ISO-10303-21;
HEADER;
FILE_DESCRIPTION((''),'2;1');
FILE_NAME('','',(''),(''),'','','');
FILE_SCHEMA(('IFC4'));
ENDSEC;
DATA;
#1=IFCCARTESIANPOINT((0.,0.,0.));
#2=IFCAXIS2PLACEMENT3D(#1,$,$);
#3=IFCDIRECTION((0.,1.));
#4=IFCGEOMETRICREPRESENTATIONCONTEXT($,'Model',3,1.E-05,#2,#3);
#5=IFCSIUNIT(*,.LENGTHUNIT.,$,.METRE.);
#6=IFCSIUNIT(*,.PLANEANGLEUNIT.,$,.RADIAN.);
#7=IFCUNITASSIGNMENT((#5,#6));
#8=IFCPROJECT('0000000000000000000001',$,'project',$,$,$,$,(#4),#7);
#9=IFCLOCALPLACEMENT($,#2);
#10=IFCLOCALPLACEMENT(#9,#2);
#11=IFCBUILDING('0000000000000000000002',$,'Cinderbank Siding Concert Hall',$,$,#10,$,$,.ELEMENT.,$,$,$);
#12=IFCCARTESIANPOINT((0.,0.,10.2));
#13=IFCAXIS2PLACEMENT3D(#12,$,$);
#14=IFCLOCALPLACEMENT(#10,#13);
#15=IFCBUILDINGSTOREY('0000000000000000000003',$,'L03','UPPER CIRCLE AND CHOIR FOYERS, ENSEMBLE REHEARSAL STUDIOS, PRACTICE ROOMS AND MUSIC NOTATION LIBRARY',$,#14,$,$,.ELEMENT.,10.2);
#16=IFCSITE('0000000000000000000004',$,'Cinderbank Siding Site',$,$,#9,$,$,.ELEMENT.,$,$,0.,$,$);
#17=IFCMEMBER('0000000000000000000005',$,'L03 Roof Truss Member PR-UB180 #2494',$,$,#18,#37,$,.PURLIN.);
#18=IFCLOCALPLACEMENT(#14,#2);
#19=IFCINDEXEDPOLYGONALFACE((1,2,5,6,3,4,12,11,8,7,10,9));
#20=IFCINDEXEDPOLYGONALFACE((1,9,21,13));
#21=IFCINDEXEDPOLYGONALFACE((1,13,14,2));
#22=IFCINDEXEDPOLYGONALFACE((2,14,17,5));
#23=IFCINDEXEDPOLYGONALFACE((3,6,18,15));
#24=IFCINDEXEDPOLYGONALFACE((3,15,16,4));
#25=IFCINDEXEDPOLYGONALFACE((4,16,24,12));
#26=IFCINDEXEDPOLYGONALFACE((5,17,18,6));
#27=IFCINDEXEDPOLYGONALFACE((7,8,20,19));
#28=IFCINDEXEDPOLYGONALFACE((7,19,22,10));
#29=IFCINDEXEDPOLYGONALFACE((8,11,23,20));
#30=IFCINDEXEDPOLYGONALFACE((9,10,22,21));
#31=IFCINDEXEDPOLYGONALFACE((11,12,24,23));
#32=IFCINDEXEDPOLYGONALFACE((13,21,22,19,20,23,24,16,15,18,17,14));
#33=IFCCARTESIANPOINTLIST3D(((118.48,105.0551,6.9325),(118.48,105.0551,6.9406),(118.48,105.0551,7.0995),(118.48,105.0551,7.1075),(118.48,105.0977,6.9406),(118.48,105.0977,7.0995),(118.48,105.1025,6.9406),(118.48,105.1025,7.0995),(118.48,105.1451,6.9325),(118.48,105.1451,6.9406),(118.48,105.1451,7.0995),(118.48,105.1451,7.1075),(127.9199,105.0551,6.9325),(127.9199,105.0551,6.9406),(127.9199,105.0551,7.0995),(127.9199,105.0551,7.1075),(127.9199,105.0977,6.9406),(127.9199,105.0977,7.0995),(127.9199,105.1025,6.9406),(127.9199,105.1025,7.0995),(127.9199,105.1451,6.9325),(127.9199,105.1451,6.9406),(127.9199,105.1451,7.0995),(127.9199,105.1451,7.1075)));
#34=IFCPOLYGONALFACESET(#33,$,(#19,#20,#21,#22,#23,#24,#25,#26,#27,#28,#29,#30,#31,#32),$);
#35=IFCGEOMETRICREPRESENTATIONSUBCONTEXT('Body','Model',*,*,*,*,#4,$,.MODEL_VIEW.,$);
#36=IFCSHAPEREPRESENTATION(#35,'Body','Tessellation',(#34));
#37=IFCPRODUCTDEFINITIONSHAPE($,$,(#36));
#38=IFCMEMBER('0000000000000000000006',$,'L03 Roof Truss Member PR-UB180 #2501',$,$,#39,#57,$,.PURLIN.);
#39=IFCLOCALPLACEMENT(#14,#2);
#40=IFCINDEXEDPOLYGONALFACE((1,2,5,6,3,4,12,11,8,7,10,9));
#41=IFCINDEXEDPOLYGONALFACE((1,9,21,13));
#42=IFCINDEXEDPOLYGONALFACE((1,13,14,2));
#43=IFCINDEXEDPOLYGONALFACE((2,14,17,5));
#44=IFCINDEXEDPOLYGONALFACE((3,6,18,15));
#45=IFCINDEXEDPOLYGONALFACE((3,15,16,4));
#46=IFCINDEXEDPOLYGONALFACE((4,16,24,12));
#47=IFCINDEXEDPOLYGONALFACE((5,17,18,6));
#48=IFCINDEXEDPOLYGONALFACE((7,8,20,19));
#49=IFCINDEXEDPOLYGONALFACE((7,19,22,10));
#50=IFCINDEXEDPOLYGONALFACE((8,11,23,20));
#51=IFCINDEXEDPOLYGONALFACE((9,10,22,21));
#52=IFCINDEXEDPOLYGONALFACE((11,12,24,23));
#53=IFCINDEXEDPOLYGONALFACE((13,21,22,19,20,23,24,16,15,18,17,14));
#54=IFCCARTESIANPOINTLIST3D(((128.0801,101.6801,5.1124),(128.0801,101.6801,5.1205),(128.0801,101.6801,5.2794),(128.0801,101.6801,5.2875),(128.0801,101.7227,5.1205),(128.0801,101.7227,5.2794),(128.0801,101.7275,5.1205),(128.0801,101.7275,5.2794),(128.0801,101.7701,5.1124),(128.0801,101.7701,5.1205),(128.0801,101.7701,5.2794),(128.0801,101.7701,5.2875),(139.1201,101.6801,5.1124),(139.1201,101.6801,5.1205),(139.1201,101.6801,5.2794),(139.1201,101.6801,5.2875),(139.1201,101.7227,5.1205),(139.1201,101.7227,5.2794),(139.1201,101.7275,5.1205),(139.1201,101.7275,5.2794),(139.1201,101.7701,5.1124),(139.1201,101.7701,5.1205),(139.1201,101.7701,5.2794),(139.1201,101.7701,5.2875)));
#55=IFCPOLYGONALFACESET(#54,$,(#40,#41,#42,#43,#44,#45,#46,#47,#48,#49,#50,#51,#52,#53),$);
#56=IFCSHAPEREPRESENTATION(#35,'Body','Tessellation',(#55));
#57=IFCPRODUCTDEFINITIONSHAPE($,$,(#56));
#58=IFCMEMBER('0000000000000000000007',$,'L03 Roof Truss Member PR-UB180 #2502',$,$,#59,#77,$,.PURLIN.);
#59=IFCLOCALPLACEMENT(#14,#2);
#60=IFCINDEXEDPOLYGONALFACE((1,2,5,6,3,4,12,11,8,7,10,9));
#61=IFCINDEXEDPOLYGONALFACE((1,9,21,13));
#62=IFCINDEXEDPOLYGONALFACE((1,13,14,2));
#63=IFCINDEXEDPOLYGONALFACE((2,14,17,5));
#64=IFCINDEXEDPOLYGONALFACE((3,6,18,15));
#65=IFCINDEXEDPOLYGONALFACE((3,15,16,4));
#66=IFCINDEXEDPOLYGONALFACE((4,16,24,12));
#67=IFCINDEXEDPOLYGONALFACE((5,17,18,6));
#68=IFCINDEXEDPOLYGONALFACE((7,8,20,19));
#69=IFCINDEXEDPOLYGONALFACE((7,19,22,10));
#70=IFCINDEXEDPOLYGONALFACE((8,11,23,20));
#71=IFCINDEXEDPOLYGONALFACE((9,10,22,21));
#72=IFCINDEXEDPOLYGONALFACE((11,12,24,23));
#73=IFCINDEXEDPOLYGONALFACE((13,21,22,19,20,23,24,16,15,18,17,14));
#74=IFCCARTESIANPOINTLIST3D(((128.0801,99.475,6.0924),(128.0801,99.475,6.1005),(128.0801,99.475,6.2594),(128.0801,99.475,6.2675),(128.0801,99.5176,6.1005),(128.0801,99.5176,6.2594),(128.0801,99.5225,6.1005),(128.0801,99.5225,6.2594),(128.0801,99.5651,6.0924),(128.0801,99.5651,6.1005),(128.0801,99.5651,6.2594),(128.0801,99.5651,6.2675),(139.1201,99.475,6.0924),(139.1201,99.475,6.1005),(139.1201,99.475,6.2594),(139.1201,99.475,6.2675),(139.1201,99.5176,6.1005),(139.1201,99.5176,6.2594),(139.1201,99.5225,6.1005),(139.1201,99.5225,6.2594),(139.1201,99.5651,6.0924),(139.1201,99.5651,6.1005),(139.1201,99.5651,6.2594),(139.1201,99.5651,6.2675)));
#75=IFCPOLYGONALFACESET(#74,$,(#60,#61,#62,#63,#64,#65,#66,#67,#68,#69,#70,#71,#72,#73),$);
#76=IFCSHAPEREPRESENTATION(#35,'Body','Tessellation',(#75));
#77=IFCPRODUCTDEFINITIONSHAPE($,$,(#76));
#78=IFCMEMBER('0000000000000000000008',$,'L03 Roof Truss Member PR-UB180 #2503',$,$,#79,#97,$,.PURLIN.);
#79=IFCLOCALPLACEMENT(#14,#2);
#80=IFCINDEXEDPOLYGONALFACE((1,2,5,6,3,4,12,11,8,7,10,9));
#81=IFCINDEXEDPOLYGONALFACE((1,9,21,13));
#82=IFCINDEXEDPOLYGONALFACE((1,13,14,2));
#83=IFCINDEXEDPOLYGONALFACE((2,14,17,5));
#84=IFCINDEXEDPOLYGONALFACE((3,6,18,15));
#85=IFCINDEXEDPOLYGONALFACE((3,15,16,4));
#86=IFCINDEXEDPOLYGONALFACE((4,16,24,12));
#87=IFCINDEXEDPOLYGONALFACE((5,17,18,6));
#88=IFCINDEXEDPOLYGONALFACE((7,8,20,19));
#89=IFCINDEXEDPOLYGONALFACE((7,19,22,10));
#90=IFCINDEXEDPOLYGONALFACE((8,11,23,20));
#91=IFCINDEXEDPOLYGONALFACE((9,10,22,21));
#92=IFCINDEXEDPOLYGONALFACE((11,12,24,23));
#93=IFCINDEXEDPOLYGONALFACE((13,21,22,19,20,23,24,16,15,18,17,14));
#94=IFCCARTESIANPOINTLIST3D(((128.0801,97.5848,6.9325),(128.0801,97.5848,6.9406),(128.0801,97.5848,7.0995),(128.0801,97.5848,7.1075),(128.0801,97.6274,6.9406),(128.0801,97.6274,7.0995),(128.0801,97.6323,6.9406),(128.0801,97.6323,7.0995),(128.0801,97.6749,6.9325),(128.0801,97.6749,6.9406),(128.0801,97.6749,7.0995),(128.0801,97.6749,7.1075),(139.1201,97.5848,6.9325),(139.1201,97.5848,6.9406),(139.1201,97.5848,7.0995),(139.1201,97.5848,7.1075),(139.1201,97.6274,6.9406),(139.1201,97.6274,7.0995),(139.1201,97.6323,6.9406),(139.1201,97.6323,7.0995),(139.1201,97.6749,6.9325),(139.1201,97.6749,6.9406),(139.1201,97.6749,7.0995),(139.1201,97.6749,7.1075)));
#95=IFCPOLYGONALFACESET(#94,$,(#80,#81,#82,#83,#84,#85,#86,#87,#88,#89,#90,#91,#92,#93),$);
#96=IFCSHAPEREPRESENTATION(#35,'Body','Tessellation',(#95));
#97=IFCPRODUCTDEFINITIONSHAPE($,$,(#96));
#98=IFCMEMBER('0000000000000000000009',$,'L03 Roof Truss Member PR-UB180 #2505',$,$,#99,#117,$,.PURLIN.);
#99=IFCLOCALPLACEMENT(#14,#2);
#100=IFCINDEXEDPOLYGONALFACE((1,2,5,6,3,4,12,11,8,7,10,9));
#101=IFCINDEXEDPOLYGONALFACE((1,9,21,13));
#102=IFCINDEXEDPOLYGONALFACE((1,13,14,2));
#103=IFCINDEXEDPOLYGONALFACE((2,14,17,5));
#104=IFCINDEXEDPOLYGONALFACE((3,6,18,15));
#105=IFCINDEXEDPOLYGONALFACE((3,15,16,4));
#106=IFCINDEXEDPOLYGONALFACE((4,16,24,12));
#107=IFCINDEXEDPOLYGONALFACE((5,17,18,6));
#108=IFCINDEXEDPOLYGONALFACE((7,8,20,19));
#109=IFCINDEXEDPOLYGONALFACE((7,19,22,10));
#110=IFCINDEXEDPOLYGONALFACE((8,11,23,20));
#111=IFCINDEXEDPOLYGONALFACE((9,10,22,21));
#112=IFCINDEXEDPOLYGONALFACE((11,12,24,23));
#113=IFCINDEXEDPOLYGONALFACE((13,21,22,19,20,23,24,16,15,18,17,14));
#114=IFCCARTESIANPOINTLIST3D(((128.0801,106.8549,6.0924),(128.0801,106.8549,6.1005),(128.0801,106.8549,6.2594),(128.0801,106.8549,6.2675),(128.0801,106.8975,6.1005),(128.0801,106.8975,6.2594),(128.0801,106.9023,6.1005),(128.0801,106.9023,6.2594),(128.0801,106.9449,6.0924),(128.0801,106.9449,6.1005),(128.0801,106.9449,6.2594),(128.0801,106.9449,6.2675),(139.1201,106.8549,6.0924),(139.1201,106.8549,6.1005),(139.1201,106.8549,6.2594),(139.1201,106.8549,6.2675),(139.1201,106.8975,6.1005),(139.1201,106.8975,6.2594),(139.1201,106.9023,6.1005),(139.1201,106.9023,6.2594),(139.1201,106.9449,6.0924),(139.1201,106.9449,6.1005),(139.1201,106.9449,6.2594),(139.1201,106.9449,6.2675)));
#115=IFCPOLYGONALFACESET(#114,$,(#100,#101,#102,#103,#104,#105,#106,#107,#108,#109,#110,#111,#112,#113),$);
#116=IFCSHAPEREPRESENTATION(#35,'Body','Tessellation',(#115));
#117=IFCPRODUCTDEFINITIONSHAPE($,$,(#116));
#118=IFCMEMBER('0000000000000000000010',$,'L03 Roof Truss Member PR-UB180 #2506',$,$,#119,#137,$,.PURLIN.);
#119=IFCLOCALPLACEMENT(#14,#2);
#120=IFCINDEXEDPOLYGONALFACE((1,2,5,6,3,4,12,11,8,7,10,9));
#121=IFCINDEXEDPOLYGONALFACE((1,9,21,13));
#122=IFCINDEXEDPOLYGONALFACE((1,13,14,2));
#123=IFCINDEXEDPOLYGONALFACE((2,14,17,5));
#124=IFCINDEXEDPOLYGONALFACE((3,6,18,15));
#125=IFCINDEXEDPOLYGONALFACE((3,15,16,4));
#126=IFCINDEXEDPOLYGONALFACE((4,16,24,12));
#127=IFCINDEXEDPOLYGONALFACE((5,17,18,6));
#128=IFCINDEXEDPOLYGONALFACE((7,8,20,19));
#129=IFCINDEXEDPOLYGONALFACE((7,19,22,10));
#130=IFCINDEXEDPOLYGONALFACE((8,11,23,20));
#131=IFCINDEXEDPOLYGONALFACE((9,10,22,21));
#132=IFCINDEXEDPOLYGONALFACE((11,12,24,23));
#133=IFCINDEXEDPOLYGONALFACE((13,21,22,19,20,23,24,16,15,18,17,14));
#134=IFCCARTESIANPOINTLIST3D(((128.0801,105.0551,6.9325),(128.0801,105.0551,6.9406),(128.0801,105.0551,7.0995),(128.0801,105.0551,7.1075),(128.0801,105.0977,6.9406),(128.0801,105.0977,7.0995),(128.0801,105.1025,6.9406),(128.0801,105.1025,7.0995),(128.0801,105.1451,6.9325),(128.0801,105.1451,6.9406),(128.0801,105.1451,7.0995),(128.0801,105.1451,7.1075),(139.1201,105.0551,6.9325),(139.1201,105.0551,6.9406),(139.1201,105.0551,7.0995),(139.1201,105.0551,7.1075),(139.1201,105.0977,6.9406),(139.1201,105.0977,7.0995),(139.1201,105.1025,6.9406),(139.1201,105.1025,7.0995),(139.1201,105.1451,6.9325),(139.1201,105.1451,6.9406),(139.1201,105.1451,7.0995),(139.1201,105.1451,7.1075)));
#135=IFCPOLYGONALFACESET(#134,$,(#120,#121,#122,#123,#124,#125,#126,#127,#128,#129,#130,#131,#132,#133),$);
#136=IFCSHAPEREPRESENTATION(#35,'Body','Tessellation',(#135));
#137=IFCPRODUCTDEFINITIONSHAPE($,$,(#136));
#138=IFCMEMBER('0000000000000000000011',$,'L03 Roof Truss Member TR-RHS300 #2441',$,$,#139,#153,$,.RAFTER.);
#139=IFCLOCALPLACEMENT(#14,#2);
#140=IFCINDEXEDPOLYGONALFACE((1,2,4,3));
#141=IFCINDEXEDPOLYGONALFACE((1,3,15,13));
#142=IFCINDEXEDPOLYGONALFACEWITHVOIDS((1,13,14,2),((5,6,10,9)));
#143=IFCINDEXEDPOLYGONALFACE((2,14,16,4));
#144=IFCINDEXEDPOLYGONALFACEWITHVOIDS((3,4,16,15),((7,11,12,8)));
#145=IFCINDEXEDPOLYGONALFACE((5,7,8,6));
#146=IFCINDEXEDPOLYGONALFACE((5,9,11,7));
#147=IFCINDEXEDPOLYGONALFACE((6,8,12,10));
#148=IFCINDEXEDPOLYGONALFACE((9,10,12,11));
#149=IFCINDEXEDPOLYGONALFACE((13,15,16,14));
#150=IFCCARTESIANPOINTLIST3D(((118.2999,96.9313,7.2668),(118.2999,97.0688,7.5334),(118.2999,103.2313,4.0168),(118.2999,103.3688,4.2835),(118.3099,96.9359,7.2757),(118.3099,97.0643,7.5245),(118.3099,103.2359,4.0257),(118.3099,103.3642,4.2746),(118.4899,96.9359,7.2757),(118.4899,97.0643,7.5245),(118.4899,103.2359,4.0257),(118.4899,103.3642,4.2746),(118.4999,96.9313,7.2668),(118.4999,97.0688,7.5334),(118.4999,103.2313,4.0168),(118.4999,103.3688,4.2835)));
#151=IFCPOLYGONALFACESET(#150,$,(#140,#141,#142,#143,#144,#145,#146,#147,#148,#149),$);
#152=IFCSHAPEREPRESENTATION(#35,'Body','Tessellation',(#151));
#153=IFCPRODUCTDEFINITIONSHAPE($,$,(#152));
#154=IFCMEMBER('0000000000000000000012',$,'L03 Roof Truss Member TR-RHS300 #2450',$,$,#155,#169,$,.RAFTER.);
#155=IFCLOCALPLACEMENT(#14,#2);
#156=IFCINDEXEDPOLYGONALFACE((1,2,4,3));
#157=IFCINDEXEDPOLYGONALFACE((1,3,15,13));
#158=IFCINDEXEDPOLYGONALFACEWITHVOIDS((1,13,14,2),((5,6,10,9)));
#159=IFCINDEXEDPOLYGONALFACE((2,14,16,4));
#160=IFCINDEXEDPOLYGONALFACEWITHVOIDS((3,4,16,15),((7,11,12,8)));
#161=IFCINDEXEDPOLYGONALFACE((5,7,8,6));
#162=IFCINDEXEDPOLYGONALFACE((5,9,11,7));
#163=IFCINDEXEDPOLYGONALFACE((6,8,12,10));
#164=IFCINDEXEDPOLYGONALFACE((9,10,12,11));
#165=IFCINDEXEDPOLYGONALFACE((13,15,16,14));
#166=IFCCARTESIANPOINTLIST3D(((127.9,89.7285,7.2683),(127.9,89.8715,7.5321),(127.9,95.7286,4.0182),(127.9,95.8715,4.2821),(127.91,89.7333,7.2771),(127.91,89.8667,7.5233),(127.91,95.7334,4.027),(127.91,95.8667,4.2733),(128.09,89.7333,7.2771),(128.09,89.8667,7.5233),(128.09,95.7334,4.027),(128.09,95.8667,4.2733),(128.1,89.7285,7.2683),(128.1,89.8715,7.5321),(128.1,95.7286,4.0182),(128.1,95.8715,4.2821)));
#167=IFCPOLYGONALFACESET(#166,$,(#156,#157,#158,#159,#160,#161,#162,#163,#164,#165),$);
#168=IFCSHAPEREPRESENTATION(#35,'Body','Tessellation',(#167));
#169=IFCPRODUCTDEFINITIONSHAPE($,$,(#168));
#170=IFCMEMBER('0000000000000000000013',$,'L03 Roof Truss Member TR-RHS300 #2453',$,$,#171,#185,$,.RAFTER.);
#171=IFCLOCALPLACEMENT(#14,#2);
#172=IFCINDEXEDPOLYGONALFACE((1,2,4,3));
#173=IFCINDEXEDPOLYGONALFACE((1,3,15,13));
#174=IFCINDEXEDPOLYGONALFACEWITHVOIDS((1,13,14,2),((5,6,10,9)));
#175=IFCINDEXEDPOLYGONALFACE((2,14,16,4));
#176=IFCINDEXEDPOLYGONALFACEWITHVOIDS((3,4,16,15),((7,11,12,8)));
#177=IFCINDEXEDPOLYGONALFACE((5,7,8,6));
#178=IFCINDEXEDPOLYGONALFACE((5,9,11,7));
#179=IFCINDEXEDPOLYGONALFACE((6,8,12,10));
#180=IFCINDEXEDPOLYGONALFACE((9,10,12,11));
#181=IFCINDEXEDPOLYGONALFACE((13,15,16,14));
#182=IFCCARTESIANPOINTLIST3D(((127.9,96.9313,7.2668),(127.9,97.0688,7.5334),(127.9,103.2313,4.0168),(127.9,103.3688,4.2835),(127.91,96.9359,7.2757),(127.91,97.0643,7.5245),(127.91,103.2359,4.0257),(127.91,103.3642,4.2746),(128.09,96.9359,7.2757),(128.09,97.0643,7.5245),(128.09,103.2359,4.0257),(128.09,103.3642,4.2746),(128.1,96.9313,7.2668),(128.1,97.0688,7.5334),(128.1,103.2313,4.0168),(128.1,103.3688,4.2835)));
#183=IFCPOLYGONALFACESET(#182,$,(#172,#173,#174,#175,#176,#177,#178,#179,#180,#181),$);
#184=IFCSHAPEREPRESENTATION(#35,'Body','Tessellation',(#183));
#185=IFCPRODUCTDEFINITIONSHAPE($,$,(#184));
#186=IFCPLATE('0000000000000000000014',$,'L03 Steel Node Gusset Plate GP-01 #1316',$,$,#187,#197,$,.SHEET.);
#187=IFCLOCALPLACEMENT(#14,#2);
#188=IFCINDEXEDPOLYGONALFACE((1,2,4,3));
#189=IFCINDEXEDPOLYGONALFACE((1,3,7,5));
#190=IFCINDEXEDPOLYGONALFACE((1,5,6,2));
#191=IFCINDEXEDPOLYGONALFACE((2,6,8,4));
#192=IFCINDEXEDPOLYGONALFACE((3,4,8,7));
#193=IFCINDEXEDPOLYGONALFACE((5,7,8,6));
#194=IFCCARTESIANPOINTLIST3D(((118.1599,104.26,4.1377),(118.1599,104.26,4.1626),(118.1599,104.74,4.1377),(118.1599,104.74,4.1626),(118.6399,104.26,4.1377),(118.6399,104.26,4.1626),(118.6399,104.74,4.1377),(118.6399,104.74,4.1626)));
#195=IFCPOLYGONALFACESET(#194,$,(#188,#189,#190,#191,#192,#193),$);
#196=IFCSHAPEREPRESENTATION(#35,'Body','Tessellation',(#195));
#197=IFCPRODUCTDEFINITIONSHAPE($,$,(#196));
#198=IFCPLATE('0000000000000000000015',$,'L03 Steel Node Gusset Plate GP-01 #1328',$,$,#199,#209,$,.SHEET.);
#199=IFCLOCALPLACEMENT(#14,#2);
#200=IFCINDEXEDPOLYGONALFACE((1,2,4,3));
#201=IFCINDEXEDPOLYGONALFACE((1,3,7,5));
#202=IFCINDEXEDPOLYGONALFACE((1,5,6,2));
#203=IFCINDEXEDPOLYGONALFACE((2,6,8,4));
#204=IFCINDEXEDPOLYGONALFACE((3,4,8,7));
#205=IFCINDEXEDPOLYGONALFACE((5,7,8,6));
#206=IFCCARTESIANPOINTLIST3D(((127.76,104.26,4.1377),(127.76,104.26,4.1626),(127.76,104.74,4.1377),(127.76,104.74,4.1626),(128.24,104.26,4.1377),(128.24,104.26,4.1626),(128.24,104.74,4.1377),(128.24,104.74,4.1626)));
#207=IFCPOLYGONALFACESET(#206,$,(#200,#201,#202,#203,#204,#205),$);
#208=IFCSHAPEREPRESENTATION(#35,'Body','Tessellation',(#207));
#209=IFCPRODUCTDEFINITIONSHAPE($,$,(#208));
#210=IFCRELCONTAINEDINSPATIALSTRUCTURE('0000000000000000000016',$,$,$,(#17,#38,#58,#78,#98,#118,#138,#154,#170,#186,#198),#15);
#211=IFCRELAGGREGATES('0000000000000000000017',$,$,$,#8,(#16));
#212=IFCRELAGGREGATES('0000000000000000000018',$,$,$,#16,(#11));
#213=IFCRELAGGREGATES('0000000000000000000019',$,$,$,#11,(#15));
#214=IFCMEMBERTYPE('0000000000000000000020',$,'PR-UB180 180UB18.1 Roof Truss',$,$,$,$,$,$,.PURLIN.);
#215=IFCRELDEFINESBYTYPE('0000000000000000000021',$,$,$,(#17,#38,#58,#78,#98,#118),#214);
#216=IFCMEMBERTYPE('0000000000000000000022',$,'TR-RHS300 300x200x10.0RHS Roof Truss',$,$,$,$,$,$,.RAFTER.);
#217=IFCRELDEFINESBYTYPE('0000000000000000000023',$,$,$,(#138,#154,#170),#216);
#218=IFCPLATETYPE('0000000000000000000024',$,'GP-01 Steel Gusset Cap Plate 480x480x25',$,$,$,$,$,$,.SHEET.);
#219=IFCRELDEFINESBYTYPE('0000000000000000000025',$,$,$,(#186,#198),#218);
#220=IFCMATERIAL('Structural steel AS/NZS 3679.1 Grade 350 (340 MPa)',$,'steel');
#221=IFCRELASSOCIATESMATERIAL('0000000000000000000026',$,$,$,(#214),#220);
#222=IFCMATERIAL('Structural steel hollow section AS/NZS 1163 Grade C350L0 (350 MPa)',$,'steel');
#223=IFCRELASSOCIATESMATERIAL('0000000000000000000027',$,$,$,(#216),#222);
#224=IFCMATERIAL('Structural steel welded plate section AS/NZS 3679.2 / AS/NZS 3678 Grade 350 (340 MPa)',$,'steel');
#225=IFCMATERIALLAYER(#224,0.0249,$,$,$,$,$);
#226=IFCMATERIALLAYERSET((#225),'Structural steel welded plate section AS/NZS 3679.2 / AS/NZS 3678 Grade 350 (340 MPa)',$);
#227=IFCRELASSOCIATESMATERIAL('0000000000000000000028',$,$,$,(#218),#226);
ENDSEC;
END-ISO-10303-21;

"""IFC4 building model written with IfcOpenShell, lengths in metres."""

from ifc_helpers import new_model, si_unit, direction, frame, origin, origin_2d, place, context, subcontext, project, spatial, rectangle, hollow_rectangle, i_section, extrude, material, layer, layer_set, material_profile, profile_set, type_object, element, save


model = new_model("IFC4")

# Units and contexts
model_context = context("Model", 3, precision=1e-05, world=origin(), true_north=direction((0.0, 1.0)))
body_context = subcontext(model_context, "Body", "Model", "MODEL_VIEW")
ifc_project = project(units=[si_unit("LENGTHUNIT", "METRE"), si_unit("PLANEANGLEUNIT", "RADIAN")], contexts=[model_context])

# Site, building, storey
site_placement = place(None, origin())
site = spatial("IfcSite", under=ifc_project, at=site_placement, Name="Cinderbank Siding Site", CompositionType="ELEMENT", RefElevation=0.0)
building_placement = place(site_placement, origin())
building = spatial("IfcBuilding", under=site, at=building_placement, Name="Cinderbank Siding Concert Hall", CompositionType="ELEMENT")
storey_placement = place(building_placement, frame((0.0, 0.0, 10.2)))
storey = spatial("IfcBuildingStorey", under=building, at=storey_placement, Name="L03", Description="UPPER CIRCLE AND CHOIR FOYERS, ENSEMBLE REHEARSAL STUDIOS, PRACTICE ROOMS AND MUSIC NOTATION LIBRARY", CompositionType="ELEMENT", Elevation=10.2)

# Shared definitions
ifc_material_1 = material(Name="Structural steel AS/NZS 3679.1 Grade 350 (340 MPa)", Category="steel")

# Shared definitions
ifc_material_2 = material(Name="Structural steel welded plate section AS/NZS 3679.2 / AS/NZS 3678 Grade 350 (340 MPa)", Category="steel")

# Members
ifc_material_3 = material(Name="Structural steel hollow section AS/NZS 1163 Grade C350L0 (350 MPa)", Category="steel")
ifc_material_profile_1 = material_profile(ifc_material_1, i_section(OverallWidth=0.0901, OverallDepth=0.175, WebThickness=0.0049, FlangeThickness=0.0081, at=origin_2d()), Name="180UB18.1", Category="LoadBearing")
ifc_profile_set_1 = profile_set([ifc_material_profile_1], Name="Structural steel AS/NZS 3679.1 Grade 350 (340 MPa)")
member_type_1 = type_object("IfcMemberType", Name="PR-UB180 180UB18.1 Roof Truss", PredefinedType="PURLIN", material=ifc_profile_set_1)
for number, where, z_axis, x_axis, name in (
    (1, (118.48, 105.1001, 7.02), (1.0, 0.0, 0.0), (0.0, 1.0, 0.0), "L03 Roof Truss Member PR-UB180 #2494"),
):
    element("IfcMember", number, at=place(storey_placement, frame(where, z_axis=z_axis, x_axis=x_axis)), inside=storey, type_object=member_type_1, Name=name, PredefinedType="PURLIN", context=body_context, shape_type="SweptSolid", body=[
        extrude(i_section(OverallWidth=0.0901, OverallDepth=0.175, WebThickness=0.0049, FlangeThickness=0.0081, at=origin_2d()), origin(), (0.0, 0.0, 1.0), 9.4399),
    ])
for number, where, z_axis, x_axis, name in (
    (2, (128.0801, 101.7251, 5.2), (1.0, 0.0, 0.0), (0.0, 1.0, 0.0), "L03 Roof Truss Member PR-UB180 #2501"),
    (3, (128.0801, 99.52, 6.1799), (1.0, 0.0, 0.0), (0.0, 1.0, 0.0), "L03 Roof Truss Member PR-UB180 #2502"),
    (4, (128.0801, 97.6299, 7.02), (1.0, 0.0, 0.0), (0.0, 1.0, 0.0), "L03 Roof Truss Member PR-UB180 #2503"),
    (5, (128.0801, 106.8999, 6.1799), (1.0, 0.0, 0.0), (0.0, 1.0, 0.0), "L03 Roof Truss Member PR-UB180 #2505"),
    (6, (128.0801, 105.1001, 7.02), (1.0, 0.0, 0.0), (0.0, 1.0, 0.0), "L03 Roof Truss Member PR-UB180 #2506"),
):
    element("IfcMember", number, at=place(storey_placement, frame(where, z_axis=z_axis, x_axis=x_axis)), inside=storey, type_object=member_type_1, Name=name, PredefinedType="PURLIN", context=body_context, shape_type="SweptSolid", body=[
        extrude(i_section(OverallWidth=0.0901, OverallDepth=0.175, WebThickness=0.0049, FlangeThickness=0.0081, at=origin_2d()), origin(), (0.0, 0.0, 1.0), 11.04),
    ])
ifc_material_profile_2 = material_profile(ifc_material_3, hollow_rectangle(XDim=0.2, YDim=0.3, WallThickness=0.01, at=origin_2d()), Name="300x200x10.0RHS", Category="LoadBearing")
ifc_profile_set_2 = profile_set([ifc_material_profile_2], Name="Structural steel hollow section AS/NZS 1163 Grade C350L0 (350 MPa)")
member_type_2 = type_object("IfcMemberType", Name="TR-RHS300 300x200x10.0RHS Roof Truss", PredefinedType="RAFTER", material=ifc_profile_set_2)
member_1_placement = place(storey_placement, frame((118.3999, 103.3, 4.1501), z_axis=(0.0, -0.888715, 0.45846), x_axis=(1.0, 0.0, 0.0)))
element("IfcMember", 7, at=member_1_placement, inside=storey, type_object=member_type_2, Name="L03 Roof Truss Member TR-RHS300 #2441", PredefinedType="RAFTER", context=body_context, shape_type="SweptSolid", body=[
    extrude(hollow_rectangle(XDim=0.2, YDim=0.3, WallThickness=0.01, at=origin_2d()), origin(), (0.0, 0.0, 1.0), 7.0889),
])
member_2_placement = place(storey_placement, frame((128.0, 95.8, 4.1501), z_axis=(0.0, -0.879292, 0.476283), x_axis=(1.0, 0.0, 0.0)))
element("IfcMember", 8, at=member_2_placement, inside=storey, type_object=member_type_2, Name="L03 Roof Truss Member TR-RHS300 #2450", PredefinedType="RAFTER", context=body_context, shape_type="SweptSolid", body=[
    extrude(hollow_rectangle(XDim=0.2, YDim=0.3, WallThickness=0.01, at=origin_2d()), origin(), (0.0, 0.0, 1.0), 6.8237),
])
member_3_placement = place(storey_placement, frame((128.0, 103.3, 4.1501), z_axis=(0.0, -0.888715, 0.45846), x_axis=(1.0, 0.0, 0.0)))
element("IfcMember", 9, at=member_3_placement, inside=storey, type_object=member_type_2, Name="L03 Roof Truss Member TR-RHS300 #2453", PredefinedType="RAFTER", context=body_context, shape_type="SweptSolid", body=[
    extrude(hollow_rectangle(XDim=0.2, YDim=0.3, WallThickness=0.01, at=origin_2d()), origin(), (0.0, 0.0, 1.0), 7.0889),
])

# Plates
ifc_layer_1 = layer(ifc_material_2, 0.0249)
ifc_layer_set_1 = layer_set([ifc_layer_1], Name="Structural steel welded plate section AS/NZS 3679.2 / AS/NZS 3678 Grade 350 (340 MPa)")
plate_type_1 = type_object("IfcPlateType", Name="GP-01 Steel Gusset Cap Plate 480x480x25", PredefinedType="SHEET", material=ifc_layer_set_1)
for number, where, z_axis, x_axis, name in (
    (10, (118.3999, 104.5, 4.1377), (0.0, 0.0, 1.0), (1.0, 0.0, 0.0), "L03 Steel Node Gusset Plate GP-01 #1316"),
    (11, (128.0, 104.5, 4.1377), (0.0, 0.0, 1.0), (1.0, 0.0, 0.0), "L03 Steel Node Gusset Plate GP-01 #1328"),
):
    element("IfcPlate", number, at=place(storey_placement, frame(where, z_axis=z_axis, x_axis=x_axis)), inside=storey, type_object=plate_type_1, Name=name, PredefinedType="SHEET", context=body_context, shape_type="SweptSolid", body=[
        extrude(rectangle(XDim=0.48, YDim=0.48, at=origin_2d()), origin(), (0.0, 0.0, 1.0), 0.0249),
    ])

save(model, "model.ifc")
